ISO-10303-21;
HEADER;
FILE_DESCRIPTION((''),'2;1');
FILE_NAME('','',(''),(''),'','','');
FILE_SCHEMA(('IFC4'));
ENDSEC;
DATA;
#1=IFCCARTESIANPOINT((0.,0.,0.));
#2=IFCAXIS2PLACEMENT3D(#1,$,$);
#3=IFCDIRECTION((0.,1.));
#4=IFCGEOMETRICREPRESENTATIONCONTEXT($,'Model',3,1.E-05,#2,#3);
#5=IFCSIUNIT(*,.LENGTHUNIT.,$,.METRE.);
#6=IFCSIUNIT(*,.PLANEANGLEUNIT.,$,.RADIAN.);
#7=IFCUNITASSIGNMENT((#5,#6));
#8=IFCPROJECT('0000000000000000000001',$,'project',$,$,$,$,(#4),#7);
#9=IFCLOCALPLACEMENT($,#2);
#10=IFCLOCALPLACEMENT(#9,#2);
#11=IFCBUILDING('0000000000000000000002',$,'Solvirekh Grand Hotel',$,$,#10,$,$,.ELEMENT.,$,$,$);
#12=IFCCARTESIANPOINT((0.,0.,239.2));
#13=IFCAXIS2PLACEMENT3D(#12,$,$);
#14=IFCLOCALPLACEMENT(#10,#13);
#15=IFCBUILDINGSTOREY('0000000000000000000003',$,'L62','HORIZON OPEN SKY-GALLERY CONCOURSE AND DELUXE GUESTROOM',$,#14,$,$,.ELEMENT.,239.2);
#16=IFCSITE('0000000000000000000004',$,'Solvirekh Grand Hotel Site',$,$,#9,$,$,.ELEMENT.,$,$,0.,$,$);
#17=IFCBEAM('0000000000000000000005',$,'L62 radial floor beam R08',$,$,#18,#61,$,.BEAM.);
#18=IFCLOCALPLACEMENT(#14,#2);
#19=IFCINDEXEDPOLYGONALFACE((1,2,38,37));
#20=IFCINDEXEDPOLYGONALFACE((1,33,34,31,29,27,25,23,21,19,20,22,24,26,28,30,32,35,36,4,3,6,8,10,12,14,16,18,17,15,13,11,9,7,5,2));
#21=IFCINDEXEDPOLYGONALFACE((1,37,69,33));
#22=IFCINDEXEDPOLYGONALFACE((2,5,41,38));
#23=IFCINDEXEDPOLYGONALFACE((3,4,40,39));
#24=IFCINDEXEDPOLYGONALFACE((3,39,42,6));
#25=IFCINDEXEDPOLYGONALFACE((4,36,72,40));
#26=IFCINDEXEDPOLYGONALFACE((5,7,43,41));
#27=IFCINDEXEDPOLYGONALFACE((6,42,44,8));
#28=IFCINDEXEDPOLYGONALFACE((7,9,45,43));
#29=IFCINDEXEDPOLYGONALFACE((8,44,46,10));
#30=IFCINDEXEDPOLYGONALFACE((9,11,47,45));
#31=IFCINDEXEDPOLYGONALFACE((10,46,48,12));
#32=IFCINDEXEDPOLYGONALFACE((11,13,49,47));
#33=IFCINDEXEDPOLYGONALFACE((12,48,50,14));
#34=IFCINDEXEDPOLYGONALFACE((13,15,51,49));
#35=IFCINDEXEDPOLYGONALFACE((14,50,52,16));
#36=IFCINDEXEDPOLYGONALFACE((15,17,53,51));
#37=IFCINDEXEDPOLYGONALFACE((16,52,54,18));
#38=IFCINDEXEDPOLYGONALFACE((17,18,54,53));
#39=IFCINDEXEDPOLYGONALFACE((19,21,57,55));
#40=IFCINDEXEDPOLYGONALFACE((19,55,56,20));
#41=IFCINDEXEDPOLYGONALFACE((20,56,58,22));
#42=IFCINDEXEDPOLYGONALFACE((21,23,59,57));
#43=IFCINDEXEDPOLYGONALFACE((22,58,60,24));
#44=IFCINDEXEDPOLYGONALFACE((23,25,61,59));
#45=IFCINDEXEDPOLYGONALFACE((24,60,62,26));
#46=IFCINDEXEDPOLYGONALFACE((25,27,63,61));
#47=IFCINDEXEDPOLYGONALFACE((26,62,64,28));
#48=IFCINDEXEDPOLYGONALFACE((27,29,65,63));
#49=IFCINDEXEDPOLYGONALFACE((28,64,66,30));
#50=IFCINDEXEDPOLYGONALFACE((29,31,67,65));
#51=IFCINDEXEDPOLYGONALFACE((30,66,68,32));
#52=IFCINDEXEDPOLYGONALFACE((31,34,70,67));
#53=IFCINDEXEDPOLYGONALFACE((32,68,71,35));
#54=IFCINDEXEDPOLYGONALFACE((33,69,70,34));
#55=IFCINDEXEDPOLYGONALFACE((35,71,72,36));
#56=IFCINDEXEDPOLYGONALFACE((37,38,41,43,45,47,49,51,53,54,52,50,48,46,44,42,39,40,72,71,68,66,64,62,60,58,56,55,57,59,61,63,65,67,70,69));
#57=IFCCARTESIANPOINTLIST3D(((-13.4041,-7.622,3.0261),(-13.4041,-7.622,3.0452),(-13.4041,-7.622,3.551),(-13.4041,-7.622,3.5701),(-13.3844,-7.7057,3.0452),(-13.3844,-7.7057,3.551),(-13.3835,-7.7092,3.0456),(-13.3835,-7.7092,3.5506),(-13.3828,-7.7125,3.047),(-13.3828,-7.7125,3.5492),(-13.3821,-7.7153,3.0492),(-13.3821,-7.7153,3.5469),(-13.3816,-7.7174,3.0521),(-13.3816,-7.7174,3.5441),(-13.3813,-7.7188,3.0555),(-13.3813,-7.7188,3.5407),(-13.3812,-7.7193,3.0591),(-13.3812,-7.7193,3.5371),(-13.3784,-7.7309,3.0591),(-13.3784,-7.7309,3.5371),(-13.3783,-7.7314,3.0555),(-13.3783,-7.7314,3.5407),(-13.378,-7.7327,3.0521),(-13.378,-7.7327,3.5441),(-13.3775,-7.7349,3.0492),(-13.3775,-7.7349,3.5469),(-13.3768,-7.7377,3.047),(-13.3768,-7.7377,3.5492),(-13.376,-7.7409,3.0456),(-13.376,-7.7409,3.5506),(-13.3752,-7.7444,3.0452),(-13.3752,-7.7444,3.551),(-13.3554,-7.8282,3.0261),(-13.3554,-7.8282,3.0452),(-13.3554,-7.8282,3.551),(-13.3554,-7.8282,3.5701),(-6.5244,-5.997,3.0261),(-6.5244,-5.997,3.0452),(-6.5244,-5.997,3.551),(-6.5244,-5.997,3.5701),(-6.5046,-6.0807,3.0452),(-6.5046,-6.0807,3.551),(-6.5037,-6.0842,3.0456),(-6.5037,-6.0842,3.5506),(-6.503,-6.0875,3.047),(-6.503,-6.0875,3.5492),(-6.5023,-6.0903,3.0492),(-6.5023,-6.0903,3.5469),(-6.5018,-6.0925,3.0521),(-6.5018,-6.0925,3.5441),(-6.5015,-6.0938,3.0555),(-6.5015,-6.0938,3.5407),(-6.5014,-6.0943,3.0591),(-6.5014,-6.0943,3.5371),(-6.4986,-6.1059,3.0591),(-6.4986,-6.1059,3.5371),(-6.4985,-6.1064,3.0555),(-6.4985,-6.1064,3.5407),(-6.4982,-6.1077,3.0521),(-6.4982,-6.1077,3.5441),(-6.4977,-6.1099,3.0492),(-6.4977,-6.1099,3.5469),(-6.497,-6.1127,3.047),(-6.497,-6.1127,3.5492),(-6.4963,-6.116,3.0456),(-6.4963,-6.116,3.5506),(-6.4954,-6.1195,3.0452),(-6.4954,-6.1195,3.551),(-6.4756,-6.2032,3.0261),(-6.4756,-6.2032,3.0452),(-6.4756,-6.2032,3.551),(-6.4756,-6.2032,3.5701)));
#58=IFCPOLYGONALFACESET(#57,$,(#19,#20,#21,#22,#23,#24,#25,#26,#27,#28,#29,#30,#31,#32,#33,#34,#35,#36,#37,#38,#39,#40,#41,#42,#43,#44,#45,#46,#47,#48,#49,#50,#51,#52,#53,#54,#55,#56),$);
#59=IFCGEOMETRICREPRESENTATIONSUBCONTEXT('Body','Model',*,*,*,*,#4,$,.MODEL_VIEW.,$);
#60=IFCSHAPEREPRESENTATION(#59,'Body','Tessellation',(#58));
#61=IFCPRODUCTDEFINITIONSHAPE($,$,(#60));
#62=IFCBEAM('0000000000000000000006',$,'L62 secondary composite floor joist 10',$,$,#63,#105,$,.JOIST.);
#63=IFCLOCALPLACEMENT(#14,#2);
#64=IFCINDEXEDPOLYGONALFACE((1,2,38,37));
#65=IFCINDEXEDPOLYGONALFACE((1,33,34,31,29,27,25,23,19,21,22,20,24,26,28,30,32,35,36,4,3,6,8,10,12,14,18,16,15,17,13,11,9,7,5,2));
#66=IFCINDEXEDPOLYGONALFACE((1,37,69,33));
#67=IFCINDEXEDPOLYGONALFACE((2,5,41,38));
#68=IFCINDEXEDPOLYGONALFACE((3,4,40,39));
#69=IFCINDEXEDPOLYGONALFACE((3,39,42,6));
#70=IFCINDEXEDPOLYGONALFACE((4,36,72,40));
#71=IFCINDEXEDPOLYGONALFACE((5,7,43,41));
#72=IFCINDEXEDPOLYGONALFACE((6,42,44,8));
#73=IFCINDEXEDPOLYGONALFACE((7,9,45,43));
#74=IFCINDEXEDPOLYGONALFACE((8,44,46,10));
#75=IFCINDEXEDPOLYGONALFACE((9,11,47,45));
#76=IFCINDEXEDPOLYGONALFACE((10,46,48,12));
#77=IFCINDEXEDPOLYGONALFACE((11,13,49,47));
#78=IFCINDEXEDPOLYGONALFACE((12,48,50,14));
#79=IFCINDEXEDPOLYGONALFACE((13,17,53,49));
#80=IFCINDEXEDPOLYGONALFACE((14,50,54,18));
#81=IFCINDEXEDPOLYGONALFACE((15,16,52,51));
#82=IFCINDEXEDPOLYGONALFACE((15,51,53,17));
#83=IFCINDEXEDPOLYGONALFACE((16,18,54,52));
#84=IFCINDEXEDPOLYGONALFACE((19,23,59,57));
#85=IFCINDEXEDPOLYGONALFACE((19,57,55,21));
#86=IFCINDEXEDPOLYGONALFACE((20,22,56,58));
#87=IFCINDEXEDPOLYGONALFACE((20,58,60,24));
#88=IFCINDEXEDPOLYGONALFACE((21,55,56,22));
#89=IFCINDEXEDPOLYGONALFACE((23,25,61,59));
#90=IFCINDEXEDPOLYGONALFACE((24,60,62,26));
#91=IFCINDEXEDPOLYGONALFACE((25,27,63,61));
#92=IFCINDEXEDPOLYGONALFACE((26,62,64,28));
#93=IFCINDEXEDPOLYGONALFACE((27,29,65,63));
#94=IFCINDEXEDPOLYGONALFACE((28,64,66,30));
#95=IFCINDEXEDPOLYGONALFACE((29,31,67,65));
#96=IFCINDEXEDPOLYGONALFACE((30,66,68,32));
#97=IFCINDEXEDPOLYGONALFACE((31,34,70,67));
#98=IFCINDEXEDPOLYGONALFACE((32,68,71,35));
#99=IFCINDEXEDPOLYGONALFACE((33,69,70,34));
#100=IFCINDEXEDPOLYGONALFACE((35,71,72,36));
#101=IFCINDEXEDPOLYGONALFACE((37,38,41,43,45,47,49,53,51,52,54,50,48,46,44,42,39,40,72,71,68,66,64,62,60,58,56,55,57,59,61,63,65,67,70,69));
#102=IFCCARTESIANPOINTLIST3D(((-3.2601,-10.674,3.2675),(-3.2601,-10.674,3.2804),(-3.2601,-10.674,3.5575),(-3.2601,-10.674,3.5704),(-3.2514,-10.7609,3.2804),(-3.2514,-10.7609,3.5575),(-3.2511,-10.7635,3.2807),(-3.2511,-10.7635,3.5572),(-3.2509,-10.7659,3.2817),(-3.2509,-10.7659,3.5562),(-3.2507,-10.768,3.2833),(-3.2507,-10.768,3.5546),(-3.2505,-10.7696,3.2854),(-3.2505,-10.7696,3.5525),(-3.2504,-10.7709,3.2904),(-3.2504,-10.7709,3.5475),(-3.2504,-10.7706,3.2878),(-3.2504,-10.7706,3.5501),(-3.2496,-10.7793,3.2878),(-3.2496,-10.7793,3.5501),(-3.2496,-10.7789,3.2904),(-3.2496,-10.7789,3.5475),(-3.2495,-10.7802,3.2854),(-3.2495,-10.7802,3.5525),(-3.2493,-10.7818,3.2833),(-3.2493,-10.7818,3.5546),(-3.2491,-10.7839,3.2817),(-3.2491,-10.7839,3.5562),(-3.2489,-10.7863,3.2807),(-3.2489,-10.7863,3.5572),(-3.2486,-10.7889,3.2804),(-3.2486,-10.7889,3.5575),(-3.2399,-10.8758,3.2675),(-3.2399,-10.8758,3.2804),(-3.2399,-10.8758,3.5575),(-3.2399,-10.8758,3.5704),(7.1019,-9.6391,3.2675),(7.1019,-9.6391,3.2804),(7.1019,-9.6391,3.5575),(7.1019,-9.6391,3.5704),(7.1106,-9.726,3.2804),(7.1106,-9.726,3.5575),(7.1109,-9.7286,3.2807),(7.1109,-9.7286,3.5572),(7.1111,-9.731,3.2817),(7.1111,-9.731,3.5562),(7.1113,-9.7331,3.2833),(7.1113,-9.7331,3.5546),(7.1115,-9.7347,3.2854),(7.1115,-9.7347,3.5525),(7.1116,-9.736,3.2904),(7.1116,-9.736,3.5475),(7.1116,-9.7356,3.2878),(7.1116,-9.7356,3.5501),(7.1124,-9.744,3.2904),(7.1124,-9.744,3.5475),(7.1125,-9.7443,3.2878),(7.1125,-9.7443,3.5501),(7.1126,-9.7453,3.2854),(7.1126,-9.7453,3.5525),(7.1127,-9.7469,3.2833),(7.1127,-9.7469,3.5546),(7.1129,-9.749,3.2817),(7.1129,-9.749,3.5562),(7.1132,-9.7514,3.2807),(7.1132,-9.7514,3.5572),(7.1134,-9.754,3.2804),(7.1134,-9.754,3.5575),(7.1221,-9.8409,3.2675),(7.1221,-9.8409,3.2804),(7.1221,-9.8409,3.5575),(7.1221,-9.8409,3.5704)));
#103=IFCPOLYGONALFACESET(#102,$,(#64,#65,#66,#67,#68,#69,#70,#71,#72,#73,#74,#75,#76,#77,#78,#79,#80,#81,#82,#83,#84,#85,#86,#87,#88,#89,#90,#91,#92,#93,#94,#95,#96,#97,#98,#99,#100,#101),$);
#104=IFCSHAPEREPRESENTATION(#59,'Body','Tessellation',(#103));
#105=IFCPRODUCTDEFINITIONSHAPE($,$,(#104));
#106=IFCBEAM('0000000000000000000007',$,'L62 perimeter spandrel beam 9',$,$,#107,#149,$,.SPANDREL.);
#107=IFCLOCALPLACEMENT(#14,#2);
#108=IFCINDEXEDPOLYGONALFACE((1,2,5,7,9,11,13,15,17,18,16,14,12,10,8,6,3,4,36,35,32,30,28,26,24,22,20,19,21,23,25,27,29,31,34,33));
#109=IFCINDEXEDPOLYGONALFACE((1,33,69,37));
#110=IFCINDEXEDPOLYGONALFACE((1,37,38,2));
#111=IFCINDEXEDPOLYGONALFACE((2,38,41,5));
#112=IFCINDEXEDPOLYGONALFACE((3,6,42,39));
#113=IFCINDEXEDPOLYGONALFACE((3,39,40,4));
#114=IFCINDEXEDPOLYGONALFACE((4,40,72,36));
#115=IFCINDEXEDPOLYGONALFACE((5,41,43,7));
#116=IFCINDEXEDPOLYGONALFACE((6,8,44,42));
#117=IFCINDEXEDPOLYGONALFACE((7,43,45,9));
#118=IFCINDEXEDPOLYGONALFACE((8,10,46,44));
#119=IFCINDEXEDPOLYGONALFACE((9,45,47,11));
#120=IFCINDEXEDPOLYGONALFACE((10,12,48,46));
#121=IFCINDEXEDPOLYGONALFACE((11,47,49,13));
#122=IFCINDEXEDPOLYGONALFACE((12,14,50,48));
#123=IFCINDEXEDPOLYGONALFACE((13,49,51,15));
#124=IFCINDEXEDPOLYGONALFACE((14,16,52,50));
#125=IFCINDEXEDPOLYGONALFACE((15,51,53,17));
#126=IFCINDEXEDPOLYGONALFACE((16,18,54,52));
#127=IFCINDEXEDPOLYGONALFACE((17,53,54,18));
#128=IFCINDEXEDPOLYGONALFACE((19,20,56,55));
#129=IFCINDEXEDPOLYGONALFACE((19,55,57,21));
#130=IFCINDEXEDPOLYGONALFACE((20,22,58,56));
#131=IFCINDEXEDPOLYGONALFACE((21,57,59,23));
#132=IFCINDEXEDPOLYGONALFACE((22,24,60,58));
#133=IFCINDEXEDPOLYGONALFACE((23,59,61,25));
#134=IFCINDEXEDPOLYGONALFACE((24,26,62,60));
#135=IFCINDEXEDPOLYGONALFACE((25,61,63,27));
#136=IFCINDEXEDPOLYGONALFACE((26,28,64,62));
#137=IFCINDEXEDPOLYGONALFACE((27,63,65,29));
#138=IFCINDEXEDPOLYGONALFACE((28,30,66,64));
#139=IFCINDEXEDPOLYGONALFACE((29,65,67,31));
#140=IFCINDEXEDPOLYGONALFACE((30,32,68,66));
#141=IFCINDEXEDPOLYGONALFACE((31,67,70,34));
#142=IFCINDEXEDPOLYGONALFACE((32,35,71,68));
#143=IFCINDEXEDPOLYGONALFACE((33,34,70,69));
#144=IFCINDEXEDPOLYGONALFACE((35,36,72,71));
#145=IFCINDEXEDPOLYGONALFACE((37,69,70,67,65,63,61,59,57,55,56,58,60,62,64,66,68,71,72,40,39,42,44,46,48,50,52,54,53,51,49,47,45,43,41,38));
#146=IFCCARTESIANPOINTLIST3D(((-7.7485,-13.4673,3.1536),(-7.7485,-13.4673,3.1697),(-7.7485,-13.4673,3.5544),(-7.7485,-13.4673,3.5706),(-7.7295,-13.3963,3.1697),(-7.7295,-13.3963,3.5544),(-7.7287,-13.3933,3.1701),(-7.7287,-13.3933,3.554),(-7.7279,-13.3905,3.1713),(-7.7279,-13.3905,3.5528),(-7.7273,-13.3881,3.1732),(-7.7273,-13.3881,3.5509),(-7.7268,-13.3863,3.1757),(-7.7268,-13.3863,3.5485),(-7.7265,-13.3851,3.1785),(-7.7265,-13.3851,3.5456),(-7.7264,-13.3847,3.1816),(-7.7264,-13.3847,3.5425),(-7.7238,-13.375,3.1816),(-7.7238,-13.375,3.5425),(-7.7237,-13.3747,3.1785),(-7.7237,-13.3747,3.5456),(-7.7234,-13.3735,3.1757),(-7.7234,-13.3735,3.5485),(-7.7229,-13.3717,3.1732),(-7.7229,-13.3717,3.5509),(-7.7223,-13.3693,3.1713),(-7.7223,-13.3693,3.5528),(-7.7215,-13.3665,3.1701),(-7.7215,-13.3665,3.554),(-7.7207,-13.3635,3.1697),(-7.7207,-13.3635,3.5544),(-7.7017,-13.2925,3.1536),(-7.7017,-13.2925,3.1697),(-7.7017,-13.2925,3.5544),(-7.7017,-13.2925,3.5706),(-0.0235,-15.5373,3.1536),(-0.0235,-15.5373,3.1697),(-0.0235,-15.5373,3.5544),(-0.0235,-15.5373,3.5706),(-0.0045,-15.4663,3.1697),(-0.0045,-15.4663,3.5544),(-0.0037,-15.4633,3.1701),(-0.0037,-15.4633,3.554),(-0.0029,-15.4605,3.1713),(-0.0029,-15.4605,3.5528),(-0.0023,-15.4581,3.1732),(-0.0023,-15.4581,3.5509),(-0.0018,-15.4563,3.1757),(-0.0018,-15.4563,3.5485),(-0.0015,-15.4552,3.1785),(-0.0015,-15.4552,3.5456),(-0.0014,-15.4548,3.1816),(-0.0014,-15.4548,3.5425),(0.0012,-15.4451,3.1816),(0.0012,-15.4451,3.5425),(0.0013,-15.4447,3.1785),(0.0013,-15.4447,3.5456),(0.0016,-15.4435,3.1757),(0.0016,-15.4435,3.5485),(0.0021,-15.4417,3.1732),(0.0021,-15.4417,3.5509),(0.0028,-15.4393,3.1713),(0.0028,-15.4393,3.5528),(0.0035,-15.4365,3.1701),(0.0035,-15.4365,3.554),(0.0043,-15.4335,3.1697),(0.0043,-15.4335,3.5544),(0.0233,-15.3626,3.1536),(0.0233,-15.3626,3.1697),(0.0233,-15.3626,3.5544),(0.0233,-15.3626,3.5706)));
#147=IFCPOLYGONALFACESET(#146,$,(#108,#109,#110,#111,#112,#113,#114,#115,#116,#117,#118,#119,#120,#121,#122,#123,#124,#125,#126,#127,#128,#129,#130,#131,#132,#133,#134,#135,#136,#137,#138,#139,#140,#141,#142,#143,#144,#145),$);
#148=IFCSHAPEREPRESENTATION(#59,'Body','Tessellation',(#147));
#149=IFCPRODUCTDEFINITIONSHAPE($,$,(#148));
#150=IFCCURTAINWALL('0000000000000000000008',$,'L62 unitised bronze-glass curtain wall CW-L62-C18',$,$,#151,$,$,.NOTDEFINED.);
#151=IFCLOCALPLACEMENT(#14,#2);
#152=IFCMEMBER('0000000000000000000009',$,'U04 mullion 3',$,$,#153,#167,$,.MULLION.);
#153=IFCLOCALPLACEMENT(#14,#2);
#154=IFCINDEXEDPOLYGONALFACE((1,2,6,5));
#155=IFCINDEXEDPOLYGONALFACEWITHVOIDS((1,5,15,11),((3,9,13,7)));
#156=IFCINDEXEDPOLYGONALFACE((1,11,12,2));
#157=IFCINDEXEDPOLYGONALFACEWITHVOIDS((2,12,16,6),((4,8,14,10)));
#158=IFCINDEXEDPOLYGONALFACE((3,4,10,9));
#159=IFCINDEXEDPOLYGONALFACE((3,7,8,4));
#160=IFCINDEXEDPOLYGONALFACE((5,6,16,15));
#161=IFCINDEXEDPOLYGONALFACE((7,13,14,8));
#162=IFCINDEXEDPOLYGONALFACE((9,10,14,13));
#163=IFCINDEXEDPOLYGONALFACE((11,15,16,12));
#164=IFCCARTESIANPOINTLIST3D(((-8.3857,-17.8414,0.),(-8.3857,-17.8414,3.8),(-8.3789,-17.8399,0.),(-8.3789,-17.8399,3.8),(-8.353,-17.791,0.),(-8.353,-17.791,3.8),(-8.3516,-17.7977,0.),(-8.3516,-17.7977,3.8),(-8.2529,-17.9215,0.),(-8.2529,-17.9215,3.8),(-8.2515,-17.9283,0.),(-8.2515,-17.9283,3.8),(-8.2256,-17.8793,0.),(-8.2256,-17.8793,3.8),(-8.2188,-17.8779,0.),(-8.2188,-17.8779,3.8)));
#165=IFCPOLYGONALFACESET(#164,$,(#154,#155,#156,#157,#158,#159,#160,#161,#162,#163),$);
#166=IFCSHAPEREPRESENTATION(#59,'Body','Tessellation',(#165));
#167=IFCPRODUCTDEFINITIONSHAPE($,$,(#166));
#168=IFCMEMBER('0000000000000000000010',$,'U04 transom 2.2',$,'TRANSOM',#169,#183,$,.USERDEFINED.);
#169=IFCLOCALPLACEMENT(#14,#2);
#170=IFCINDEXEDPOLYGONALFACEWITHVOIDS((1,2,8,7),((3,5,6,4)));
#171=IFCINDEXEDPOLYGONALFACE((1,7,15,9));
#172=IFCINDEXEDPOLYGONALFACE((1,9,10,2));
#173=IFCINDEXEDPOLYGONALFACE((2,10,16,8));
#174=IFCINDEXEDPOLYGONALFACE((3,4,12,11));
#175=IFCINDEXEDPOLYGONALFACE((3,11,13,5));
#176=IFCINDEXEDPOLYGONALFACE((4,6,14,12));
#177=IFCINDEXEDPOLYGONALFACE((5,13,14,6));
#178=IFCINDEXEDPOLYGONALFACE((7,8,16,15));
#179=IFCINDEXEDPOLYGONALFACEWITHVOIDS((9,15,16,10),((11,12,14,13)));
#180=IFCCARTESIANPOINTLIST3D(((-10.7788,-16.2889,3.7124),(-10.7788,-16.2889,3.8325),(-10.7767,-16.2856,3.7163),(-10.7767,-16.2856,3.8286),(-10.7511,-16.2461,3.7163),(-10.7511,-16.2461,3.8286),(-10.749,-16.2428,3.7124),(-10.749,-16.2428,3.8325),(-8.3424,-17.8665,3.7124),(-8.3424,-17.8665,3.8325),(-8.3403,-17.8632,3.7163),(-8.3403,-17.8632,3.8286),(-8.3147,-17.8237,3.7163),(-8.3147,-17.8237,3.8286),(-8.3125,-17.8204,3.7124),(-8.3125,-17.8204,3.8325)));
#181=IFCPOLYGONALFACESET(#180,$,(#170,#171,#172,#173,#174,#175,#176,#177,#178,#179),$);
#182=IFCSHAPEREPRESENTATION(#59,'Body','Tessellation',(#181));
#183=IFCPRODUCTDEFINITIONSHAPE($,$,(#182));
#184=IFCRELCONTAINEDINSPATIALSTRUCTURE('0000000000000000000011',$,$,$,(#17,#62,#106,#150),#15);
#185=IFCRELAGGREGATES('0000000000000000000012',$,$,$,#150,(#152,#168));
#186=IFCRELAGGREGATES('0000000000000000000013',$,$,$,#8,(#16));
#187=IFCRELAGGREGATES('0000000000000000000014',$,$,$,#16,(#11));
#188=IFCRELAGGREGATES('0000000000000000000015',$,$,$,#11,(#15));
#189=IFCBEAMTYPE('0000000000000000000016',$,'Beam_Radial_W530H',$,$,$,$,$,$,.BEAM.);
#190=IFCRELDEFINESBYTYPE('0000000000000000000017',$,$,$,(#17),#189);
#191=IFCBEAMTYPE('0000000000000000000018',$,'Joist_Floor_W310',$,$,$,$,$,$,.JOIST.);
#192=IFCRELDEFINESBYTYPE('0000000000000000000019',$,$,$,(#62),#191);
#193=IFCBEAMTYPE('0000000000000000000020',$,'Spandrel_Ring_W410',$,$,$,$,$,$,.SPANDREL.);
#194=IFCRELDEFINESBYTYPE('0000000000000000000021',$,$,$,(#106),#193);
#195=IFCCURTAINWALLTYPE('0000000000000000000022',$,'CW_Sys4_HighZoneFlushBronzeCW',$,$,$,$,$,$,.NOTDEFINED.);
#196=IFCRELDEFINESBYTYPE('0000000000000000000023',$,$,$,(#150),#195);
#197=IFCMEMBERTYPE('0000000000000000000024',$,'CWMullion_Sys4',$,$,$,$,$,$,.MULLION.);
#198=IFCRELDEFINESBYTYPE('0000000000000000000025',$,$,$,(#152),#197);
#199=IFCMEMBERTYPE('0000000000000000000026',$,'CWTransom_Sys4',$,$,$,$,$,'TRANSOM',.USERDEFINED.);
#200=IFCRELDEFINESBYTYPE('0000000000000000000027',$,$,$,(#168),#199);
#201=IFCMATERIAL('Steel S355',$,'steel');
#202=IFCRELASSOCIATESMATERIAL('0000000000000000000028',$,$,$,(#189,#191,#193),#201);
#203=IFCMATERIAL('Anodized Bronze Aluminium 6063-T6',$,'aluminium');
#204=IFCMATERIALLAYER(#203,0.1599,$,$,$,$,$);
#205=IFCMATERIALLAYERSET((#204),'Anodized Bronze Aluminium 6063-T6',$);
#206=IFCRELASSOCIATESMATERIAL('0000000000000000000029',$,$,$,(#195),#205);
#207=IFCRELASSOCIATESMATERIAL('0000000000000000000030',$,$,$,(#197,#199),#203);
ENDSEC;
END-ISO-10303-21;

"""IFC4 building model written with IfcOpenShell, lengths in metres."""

from ifc_helpers import new_model, si_unit, direction, frame, origin, origin_2d, place, context, subcontext, project, spatial, hollow_rectangle, i_section, extrude, source, transform, mapped, material, layer, layer_set, material_profile, profile_set, type_object, element, aggregate, save


model = new_model("IFC4")

# Units and contexts
model_context = context("Model", 3, precision=1e-05, world=origin(), true_north=direction((0.0, 1.0)))
body_context = subcontext(model_context, "Body", "Model", "MODEL_VIEW")
ifc_project = project(units=[si_unit("LENGTHUNIT", "METRE"), si_unit("PLANEANGLEUNIT", "RADIAN")], contexts=[model_context])

# Site, building, storey
site_placement = place(None, origin())
site = spatial("IfcSite", under=ifc_project, at=site_placement, Name="Solvirekh Grand Hotel Site", CompositionType="ELEMENT", RefElevation=0.0)
building_placement = place(site_placement, origin())
building = spatial("IfcBuilding", under=site, at=building_placement, Name="Solvirekh Grand Hotel", CompositionType="ELEMENT")
storey_placement = place(building_placement, frame((0.0, 0.0, 239.2)))
storey = spatial("IfcBuildingStorey", under=building, at=storey_placement, Name="L62", Description="HORIZON OPEN SKY-GALLERY CONCOURSE AND DELUXE GUESTROOM", CompositionType="ELEMENT", Elevation=239.2)

# Beams
ifc_material_1 = material(Name="Steel S355", Category="steel")
ifc_material_profile_1 = material_profile(ifc_material_1, i_section(OverallWidth=0.2119, OverallDepth=0.5439, WebThickness=0.012, FlangeThickness=0.019, FilletRadius=0.0139, at=origin_2d()), Name="W530X123")
ifc_profile_set_1 = profile_set([ifc_material_profile_1], Name="Steel S355")
beam_type_1 = type_object("IfcBeamType", Name="Beam_Radial_W530H", PredefinedType="BEAM", material=ifc_profile_set_1)
beam_1_placement = place(storey_placement, frame((-6.5, -6.1001, 3.2981), z_axis=(-0.973221, -0.229871, 0.0), x_axis=(0.229871, -0.973221, 0.0)))
element("IfcBeam", 1, at=beam_1_placement, inside=storey, type_object=beam_type_1, Name="L62 radial floor beam R08", PredefinedType="BEAM", context=body_context, shape_type="SweptSolid", body=[
    extrude(i_section(OverallWidth=0.2119, OverallDepth=0.5439, WebThickness=0.012, FlangeThickness=0.019, FilletRadius=0.0139, at=origin_2d()), origin(), (0.0, 0.0, 1.0), 7.0691),
])
ifc_material_profile_2 = material_profile(ifc_material_1, i_section(OverallWidth=0.2029, OverallDepth=0.303, WebThickness=0.0081, FlangeThickness=0.0129, FilletRadius=0.01, at=origin_2d()), Name="W310X60")
ifc_profile_set_2 = profile_set([ifc_material_profile_2], Name="Steel S355")
beam_type_2 = type_object("IfcBeamType", Name="Joist_Floor_W310", PredefinedType="JOIST", material=ifc_profile_set_2)
beam_2_placement = place(storey_placement, frame((-3.25, -10.7749, 3.4189), z_axis=(0.995049, 0.099381, 0.0), x_axis=(-0.099381, 0.995049, 0.0)))
element("IfcBeam", 2, at=beam_2_placement, inside=storey, type_object=beam_type_2, Name="L62 secondary composite floor joist 10", PredefinedType="JOIST", context=body_context, shape_type="SweptSolid", body=[
    extrude(i_section(OverallWidth=0.2029, OverallDepth=0.303, WebThickness=0.0081, FlangeThickness=0.0129, FilletRadius=0.01, at=origin_2d()), origin(), (0.0, 0.0, 1.0), 10.4136),
])
ifc_material_profile_3 = material_profile(ifc_material_1, i_section(OverallWidth=0.1809, OverallDepth=0.417, WebThickness=0.01, FlangeThickness=0.0161, FilletRadius=0.012, at=origin_2d()), Name="W410X85")
ifc_profile_set_3 = profile_set([ifc_material_profile_3], Name="Steel S355")
beam_type_3 = type_object("IfcBeamType", Name="Spandrel_Ring_W410", PredefinedType="SPANDREL", material=ifc_profile_set_3)
beam_3_placement = place(storey_placement, frame((-7.7251, -13.3799, 3.3621), z_axis=(0.965922, -0.258835, 0.0), x_axis=(0.258835, 0.965922, 0.0)))
element("IfcBeam", 3, at=beam_3_placement, inside=storey, type_object=beam_type_3, Name="L62 perimeter spandrel beam 9", PredefinedType="SPANDREL", context=body_context, shape_type="SweptSolid", body=[
    extrude(i_section(OverallWidth=0.1809, OverallDepth=0.417, WebThickness=0.01, FlangeThickness=0.0161, FilletRadius=0.012, at=origin_2d()), origin(), (0.0, 0.0, 1.0), 7.9976),
])

# Curtain wall, members
ifc_material_2 = material(Name="Anodized Bronze Aluminium 6063-T6", Category="aluminium")
ifc_layer_1 = layer(ifc_material_2, 0.1599)
ifc_layer_set_1 = layer_set([ifc_layer_1], Name="Anodized Bronze Aluminium 6063-T6")
curtain_wall_type = type_object("IfcCurtainWallType", Name="CW_Sys4_HighZoneFlushBronzeCW", PredefinedType="NOTDEFINED", material=ifc_layer_set_1)
curtain_wall_placement = place(storey_placement, origin())
curtain_wall = element("IfcCurtainWall", 4, at=curtain_wall_placement, inside=storey, type_object=curtain_wall_type, Name="L62 unitised bronze-glass curtain wall CW-L62-C18", PredefinedType="NOTDEFINED")
ifc_material_profile_4 = material_profile(ifc_material_2, hollow_rectangle(XDim=0.0601, YDim=0.1599, WallThickness=0.0049, at=origin_2d()), Name="ALU RHS 160X60X5")
ifc_profile_set_4 = profile_set([ifc_material_profile_4], Name="Anodized Bronze Aluminium 6063-T6")
member_type_1 = type_object("IfcMemberType", Name="CWMullion_Sys4", PredefinedType="MULLION", material=ifc_profile_set_4)
shared_shape_1 = source(origin(), body_context, "Body", "SweptSolid", [
    extrude(hollow_rectangle(XDim=0.0601, YDim=0.1599, WallThickness=0.0049, at=origin_2d()), origin(), (0.0, 0.0, 1.0), 3.8),
])
member_1_placement = place(storey_placement, frame((-8.3022, -17.8596, 0.0), z_axis=(0.0, 0.0, 1.0), x_axis=(0.543508, 0.839404, 0.0)))
member_1 = element("IfcMember", 5, at=member_1_placement, type_object=member_type_1, Name="U04 mullion 3", PredefinedType="MULLION", context=body_context, shape_type="MappedRepresentation", body=[
    mapped(shared_shape_1, transform((0.0, 0.0, 0.0), x_axis=(1.0, 0.0, 0.0), y_axis=(0.0, 1.0, 0.0), z_axis=(0.0, 0.0, 1.0), scale=1.0)),
])
ifc_material_profile_5 = material_profile(ifc_material_2, hollow_rectangle(XDim=0.0549, YDim=0.1201, WallThickness=0.0039, at=origin_2d()), Name="ALU RHS 120X55X4")
ifc_profile_set_5 = profile_set([ifc_material_profile_5], Name="Anodized Bronze Aluminium 6063-T6")
member_type_2 = type_object("IfcMemberType", Name="CWTransom_Sys4", ElementType="TRANSOM", PredefinedType="USERDEFINED", material=ifc_profile_set_5)
shared_shape_2 = source(origin(), body_context, "Body", "SweptSolid", [
    extrude(hollow_rectangle(XDim=0.0549, YDim=0.1201, WallThickness=0.0039, at=origin_2d()), origin(), (0.0, 0.0, 1.0), 2.9026),
])
member_2_placement = place(storey_placement, frame((-10.7639, -16.2659, 3.7725), z_axis=(0.839403, -0.543509, 0.0), x_axis=(0.543509, 0.839403, 0.0)))
member_2 = element("IfcMember", 6, at=member_2_placement, type_object=member_type_2, Name="U04 transom 2.2", ObjectType="TRANSOM", PredefinedType="USERDEFINED", context=body_context, shape_type="MappedRepresentation", body=[
    mapped(shared_shape_2, transform((0.0, 0.0, 0.0), x_axis=(1.0, 0.0, 0.0), y_axis=(0.0, 1.0, 0.0), z_axis=(0.0, 0.0, 1.0), scale=1.0)),
])
aggregate(curtain_wall, [member_1, member_2])

save(model, "model.ifc")
